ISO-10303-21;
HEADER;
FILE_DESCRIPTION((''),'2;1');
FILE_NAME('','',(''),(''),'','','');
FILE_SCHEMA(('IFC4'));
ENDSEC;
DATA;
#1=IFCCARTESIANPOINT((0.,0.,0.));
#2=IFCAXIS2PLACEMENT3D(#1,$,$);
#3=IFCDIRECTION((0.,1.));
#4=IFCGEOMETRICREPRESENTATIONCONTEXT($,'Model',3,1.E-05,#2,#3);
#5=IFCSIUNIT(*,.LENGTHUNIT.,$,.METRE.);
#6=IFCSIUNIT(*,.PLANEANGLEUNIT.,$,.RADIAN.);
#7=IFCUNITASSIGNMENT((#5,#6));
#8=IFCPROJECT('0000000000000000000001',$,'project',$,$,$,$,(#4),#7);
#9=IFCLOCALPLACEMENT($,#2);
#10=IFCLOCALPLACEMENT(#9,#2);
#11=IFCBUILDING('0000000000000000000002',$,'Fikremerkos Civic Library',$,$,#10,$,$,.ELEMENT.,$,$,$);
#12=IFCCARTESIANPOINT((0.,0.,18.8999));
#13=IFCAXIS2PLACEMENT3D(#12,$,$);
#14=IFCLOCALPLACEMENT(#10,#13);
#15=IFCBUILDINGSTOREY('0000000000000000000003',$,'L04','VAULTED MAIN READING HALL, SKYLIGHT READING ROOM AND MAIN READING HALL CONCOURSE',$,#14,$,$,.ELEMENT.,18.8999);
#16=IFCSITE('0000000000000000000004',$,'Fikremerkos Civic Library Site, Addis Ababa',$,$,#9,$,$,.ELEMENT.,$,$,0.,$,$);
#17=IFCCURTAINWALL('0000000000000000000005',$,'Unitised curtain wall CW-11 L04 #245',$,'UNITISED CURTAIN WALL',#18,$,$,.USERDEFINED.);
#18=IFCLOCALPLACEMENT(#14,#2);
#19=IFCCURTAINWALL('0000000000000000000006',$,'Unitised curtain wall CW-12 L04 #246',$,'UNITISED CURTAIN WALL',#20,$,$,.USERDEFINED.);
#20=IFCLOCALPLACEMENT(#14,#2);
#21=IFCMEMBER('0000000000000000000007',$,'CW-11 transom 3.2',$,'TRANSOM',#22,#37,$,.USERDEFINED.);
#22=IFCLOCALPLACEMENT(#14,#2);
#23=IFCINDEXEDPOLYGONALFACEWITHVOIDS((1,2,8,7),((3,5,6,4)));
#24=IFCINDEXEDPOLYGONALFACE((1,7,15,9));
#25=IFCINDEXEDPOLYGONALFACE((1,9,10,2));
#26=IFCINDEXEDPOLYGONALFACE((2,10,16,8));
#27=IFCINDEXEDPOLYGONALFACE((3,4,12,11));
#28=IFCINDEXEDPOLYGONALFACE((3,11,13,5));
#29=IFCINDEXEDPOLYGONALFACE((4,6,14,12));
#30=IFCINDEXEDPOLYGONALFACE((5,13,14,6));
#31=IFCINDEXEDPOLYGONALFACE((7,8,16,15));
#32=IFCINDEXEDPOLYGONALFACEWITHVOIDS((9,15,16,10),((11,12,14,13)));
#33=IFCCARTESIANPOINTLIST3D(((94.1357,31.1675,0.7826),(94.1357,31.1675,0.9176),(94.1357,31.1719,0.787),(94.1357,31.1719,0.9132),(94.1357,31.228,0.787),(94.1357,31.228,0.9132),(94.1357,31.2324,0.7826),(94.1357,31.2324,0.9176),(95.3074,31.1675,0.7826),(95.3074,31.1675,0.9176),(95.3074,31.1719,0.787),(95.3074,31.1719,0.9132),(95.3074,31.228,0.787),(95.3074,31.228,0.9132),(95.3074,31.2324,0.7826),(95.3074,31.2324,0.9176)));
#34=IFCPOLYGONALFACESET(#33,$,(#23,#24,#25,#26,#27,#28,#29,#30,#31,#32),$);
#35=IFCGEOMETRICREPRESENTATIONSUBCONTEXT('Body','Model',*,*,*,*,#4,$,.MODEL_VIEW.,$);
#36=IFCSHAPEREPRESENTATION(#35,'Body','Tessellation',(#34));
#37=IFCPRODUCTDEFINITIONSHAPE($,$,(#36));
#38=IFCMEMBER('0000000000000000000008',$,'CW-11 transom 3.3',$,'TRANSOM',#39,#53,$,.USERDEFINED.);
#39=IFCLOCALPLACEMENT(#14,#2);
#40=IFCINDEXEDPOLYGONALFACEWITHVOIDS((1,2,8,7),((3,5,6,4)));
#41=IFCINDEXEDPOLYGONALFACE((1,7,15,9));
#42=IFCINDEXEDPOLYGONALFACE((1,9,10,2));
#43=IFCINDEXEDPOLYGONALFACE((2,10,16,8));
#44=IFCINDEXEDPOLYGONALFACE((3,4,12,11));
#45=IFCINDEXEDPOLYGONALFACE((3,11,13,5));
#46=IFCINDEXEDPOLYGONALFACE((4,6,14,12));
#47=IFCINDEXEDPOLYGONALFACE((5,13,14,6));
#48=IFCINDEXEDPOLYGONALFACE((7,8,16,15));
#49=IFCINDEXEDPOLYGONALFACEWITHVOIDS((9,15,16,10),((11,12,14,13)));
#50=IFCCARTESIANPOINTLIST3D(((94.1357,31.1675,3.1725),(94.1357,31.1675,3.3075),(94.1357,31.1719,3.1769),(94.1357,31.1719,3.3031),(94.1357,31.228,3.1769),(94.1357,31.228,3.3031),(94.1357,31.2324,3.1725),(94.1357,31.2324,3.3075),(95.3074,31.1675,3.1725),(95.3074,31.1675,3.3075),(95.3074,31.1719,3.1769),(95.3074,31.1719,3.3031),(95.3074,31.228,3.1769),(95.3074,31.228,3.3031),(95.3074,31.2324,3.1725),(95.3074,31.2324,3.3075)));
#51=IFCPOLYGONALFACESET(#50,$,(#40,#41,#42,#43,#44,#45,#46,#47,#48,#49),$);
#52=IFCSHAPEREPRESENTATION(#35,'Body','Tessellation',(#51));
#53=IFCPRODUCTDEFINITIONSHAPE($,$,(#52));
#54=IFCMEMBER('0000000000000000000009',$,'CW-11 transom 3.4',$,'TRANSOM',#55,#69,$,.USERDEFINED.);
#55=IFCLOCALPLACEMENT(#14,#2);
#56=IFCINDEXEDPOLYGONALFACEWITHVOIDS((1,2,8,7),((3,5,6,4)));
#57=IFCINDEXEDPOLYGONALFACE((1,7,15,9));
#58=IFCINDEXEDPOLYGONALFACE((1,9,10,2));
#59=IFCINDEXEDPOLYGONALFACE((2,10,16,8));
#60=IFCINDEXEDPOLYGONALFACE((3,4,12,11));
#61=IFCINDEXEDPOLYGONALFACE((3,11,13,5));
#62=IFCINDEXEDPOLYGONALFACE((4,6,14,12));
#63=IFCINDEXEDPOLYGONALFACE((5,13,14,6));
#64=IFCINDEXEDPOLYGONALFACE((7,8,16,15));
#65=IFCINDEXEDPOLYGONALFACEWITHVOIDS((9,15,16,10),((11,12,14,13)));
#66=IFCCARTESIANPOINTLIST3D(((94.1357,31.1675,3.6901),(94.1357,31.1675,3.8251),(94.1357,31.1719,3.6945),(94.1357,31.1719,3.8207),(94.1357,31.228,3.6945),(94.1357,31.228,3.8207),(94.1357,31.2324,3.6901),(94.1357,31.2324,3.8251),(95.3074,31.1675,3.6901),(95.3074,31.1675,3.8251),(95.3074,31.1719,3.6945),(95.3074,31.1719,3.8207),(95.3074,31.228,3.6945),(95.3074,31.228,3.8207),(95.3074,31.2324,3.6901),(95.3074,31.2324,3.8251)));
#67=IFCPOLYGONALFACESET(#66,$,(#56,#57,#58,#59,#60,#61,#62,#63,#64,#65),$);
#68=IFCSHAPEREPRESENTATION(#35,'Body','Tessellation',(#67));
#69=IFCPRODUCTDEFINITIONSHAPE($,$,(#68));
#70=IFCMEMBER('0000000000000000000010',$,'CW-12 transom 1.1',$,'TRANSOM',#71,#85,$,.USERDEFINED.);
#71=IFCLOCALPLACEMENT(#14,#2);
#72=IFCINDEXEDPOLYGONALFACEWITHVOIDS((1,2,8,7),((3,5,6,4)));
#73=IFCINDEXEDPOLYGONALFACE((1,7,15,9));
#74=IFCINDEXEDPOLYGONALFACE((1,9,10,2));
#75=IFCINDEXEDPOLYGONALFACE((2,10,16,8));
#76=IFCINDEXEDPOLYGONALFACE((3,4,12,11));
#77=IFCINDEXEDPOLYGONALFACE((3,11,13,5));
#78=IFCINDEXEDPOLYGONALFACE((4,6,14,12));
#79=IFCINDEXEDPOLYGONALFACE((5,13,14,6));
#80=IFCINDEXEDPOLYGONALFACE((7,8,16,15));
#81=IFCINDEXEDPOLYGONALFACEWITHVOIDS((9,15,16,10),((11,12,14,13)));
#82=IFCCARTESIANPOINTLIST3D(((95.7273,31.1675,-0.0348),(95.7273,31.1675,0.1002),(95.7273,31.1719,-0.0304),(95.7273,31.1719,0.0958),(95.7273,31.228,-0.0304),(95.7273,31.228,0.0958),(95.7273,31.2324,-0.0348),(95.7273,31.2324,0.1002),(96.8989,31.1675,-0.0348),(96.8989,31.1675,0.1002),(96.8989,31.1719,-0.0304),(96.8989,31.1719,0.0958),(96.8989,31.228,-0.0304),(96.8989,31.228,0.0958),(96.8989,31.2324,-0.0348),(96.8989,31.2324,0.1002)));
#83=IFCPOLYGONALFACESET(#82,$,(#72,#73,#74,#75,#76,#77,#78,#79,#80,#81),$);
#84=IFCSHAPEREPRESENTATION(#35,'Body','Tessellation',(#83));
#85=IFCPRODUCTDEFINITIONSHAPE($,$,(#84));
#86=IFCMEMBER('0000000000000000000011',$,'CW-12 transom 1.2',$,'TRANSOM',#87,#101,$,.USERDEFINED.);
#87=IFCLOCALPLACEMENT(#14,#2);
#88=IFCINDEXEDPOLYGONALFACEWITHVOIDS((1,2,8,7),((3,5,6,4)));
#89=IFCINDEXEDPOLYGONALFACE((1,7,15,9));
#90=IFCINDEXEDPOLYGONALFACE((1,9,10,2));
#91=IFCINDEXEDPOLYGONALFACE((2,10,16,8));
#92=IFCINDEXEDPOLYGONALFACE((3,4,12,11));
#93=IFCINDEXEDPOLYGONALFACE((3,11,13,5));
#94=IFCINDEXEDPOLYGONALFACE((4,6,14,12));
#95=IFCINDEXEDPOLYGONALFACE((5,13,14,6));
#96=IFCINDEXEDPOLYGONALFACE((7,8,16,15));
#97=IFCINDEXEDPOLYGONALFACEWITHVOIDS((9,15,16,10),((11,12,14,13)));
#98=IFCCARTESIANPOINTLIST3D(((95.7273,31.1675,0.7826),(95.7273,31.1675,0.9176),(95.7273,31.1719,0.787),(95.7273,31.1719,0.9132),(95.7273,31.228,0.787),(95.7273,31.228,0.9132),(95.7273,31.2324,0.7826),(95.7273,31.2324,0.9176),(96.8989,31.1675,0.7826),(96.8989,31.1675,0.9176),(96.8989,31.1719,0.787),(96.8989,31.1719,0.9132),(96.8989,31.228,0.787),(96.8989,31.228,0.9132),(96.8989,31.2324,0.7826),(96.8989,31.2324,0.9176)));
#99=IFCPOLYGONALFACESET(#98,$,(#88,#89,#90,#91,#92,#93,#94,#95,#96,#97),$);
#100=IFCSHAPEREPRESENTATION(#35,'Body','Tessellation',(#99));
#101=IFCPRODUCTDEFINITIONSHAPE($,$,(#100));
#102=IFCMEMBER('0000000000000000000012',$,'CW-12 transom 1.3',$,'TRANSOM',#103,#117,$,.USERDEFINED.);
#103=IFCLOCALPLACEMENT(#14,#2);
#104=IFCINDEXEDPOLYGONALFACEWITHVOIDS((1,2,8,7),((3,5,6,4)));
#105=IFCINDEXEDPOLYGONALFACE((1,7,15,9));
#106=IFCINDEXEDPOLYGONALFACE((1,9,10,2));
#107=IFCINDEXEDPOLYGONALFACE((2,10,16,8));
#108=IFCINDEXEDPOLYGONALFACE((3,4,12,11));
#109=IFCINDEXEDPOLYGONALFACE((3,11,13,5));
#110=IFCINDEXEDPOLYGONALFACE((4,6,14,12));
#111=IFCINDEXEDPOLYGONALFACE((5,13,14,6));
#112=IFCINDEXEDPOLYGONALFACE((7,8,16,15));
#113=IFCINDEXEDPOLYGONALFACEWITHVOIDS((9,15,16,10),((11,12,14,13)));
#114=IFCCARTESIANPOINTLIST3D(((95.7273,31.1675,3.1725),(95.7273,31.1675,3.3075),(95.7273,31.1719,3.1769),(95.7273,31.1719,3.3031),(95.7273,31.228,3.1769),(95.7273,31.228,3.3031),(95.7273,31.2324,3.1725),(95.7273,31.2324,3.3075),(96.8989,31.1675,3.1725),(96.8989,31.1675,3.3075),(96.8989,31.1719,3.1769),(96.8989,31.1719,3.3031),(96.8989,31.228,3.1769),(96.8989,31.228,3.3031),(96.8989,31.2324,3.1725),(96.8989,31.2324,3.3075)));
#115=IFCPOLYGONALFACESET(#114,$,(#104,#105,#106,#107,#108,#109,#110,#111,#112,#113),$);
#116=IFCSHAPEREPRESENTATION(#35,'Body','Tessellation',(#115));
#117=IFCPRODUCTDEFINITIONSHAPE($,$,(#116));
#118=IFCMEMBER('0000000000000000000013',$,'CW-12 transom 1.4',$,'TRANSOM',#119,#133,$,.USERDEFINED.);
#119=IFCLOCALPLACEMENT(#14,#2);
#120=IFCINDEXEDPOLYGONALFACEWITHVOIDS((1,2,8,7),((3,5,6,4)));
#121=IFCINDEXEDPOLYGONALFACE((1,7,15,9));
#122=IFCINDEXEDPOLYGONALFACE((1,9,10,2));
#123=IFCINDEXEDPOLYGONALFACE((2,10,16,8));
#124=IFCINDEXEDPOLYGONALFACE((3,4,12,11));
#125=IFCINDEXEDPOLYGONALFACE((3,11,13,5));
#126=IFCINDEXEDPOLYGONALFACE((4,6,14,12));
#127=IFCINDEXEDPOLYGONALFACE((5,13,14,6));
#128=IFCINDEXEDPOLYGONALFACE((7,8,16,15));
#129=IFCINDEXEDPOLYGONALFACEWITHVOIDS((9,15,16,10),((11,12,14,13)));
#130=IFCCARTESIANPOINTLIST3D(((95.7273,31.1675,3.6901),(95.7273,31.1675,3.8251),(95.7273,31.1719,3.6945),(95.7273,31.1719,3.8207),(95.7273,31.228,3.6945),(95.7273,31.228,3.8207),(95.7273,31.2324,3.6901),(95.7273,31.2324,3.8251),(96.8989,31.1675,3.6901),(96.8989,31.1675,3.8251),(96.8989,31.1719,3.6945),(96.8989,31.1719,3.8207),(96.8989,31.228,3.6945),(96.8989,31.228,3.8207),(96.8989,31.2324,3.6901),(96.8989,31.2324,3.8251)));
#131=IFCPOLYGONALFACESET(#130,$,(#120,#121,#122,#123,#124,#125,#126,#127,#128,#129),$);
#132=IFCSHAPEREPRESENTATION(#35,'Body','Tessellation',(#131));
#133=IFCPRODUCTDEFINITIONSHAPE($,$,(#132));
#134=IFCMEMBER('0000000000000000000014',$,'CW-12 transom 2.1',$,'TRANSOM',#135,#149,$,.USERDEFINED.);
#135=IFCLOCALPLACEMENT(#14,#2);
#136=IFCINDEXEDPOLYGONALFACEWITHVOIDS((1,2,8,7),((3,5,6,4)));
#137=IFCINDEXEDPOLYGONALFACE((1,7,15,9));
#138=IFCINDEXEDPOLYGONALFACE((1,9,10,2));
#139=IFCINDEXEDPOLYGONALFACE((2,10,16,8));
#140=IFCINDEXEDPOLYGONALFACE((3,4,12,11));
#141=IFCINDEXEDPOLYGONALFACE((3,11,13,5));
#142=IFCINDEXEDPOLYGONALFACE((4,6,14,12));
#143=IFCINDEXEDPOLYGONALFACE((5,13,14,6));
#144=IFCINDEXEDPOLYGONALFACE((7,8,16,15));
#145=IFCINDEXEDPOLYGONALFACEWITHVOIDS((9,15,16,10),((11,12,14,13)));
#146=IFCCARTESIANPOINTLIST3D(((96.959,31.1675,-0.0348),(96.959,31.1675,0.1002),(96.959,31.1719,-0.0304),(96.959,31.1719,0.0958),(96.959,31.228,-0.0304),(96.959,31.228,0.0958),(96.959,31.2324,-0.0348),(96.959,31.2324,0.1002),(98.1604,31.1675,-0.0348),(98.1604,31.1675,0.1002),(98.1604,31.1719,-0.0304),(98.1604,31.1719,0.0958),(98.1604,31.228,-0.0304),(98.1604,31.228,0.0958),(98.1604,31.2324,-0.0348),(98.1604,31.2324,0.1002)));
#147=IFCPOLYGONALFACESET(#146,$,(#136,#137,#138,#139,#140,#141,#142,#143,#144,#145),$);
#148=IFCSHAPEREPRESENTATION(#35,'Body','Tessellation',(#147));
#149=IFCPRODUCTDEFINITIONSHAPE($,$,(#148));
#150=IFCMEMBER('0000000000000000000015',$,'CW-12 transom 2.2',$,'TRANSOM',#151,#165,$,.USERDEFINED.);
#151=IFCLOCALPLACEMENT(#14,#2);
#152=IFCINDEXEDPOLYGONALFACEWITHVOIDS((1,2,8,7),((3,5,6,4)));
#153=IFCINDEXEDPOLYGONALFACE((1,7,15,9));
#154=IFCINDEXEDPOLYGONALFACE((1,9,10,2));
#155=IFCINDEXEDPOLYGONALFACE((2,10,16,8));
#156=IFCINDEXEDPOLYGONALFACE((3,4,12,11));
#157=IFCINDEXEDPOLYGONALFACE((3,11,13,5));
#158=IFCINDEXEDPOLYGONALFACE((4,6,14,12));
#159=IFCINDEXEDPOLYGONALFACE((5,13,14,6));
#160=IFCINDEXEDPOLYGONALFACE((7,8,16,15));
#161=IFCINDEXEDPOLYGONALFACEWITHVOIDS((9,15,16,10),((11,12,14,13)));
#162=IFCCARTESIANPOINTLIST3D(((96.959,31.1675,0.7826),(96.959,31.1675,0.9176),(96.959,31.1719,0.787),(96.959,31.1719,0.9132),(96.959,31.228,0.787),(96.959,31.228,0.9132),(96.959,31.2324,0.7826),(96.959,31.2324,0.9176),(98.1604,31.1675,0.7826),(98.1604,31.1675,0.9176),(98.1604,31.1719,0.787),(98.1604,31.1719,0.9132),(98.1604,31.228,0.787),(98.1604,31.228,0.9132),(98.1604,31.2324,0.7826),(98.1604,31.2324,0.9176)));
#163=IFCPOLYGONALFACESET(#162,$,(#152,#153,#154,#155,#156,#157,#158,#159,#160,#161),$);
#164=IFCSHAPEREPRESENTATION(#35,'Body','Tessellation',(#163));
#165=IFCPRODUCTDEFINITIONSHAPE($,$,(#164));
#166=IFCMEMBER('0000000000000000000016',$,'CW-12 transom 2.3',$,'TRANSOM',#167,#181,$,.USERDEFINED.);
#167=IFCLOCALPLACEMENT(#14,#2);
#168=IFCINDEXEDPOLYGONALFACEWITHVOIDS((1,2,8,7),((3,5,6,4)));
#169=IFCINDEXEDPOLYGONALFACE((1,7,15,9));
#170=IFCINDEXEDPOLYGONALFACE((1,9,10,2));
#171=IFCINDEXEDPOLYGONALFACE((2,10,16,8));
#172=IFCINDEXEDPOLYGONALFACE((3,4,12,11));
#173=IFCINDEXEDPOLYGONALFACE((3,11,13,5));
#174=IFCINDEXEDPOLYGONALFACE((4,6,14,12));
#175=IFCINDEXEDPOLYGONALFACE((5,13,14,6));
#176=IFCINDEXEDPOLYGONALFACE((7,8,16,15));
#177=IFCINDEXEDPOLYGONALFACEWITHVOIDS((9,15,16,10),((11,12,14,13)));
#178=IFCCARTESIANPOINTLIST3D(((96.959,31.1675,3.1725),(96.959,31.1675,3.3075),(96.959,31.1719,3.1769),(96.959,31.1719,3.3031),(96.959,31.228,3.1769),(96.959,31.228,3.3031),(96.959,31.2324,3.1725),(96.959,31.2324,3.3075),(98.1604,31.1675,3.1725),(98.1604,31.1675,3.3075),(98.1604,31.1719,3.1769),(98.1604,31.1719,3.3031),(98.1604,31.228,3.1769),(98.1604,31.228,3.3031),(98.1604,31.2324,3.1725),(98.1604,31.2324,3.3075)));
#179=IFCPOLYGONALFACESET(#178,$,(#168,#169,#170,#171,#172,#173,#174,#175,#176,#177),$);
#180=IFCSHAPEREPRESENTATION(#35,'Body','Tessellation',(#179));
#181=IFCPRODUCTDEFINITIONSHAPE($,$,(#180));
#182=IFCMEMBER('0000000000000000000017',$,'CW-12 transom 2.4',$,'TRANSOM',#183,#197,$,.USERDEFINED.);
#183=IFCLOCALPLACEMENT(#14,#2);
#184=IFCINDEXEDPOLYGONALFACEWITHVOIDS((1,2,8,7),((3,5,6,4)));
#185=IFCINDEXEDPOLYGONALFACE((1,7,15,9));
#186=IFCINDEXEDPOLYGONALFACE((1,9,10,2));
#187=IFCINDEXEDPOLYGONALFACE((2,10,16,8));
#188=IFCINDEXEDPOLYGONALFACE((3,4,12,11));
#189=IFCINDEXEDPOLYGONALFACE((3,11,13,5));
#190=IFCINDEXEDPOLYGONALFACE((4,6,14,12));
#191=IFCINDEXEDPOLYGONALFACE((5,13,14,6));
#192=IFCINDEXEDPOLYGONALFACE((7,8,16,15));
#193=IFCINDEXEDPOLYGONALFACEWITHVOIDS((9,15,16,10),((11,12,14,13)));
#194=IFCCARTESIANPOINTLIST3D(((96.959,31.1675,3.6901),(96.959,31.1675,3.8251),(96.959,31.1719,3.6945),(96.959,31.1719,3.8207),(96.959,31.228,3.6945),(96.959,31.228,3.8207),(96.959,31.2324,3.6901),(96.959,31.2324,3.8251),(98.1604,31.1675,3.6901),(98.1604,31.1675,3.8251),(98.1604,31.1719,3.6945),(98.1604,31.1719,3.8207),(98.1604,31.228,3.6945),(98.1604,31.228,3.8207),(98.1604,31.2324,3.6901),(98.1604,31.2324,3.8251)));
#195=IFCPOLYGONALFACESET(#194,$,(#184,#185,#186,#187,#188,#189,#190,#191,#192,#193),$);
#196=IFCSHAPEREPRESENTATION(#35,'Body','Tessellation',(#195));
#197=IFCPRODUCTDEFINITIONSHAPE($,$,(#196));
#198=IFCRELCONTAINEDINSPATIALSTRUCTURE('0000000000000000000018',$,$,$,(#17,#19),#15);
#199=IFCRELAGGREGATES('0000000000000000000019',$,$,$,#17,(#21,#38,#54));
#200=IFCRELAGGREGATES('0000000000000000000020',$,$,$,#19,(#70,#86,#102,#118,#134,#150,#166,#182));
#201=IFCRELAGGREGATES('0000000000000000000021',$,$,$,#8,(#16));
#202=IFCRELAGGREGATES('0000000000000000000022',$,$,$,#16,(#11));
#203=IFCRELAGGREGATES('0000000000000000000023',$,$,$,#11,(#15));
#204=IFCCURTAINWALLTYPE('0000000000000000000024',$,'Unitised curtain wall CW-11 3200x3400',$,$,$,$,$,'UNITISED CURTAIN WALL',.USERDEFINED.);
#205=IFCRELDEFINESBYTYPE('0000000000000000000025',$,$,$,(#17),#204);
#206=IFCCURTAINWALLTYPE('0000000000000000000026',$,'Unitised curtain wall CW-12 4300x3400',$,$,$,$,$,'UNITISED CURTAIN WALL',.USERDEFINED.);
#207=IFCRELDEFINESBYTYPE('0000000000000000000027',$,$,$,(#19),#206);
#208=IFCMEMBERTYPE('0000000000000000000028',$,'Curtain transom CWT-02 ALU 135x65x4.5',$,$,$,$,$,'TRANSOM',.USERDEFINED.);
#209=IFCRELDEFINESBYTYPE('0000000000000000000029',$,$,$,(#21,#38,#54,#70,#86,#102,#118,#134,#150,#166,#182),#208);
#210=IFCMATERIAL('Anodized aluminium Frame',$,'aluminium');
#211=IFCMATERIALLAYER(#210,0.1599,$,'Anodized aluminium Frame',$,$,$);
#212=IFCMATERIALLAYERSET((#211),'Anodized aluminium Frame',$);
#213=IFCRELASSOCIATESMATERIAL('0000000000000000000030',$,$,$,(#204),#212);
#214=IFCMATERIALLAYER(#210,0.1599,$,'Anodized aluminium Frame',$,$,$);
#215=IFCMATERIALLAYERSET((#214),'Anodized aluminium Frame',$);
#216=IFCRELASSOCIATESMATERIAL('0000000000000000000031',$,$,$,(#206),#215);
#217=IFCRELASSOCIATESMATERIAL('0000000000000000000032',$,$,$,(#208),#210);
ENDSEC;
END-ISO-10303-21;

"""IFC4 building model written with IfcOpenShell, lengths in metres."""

from ifc_helpers import new_model, si_unit, direction, frame, origin, origin_2d, place, context, subcontext, project, spatial, hollow_rectangle, extrude, material, layer, layer_set, material_profile, profile_set, type_object, element, aggregate, save


model = new_model("IFC4")

# Units and contexts
model_context = context("Model", 3, precision=1e-05, world=origin(), true_north=direction((0.0, 1.0)))
body_context = subcontext(model_context, "Body", "Model", "MODEL_VIEW")
ifc_project = project(units=[si_unit("LENGTHUNIT", "METRE"), si_unit("PLANEANGLEUNIT", "RADIAN")], contexts=[model_context])

# Site, building, storey
site_placement = place(None, origin())
site = spatial("IfcSite", under=ifc_project, at=site_placement, Name="Fikremerkos Civic Library Site, Addis Ababa", CompositionType="ELEMENT", RefElevation=0.0)
building_placement = place(site_placement, origin())
building = spatial("IfcBuilding", under=site, at=building_placement, Name="Fikremerkos Civic Library", CompositionType="ELEMENT")
storey_placement = place(building_placement, frame((0.0, 0.0, 18.8999)))
storey = spatial("IfcBuildingStorey", under=building, at=storey_placement, Name="L04", Description="VAULTED MAIN READING HALL, SKYLIGHT READING ROOM AND MAIN READING HALL CONCOURSE", CompositionType="ELEMENT", Elevation=18.8999)

# Curtain walls
ifc_material_1 = material(Name="Anodized aluminium Frame", Category="aluminium")
ifc_layer_1 = layer(ifc_material_1, 0.1599, Name="Anodized aluminium Frame")
ifc_layer_set_1 = layer_set([ifc_layer_1], Name="Anodized aluminium Frame")
curtain_wall_type_1 = type_object("IfcCurtainWallType", Name="Unitised curtain wall CW-11 3200x3400", ElementType="UNITISED CURTAIN WALL", PredefinedType="USERDEFINED", material=ifc_layer_set_1)
curtain_wall_1_placement = place(storey_placement, origin())
curtain_wall_1 = element("IfcCurtainWall", 1, at=curtain_wall_1_placement, inside=storey, type_object=curtain_wall_type_1, Name="Unitised curtain wall CW-11 L04 #245", ObjectType="UNITISED CURTAIN WALL", PredefinedType="USERDEFINED")
ifc_layer_2 = layer(ifc_material_1, 0.1599, Name="Anodized aluminium Frame")
ifc_layer_set_2 = layer_set([ifc_layer_2], Name="Anodized aluminium Frame")
curtain_wall_type_2 = type_object("IfcCurtainWallType", Name="Unitised curtain wall CW-12 4300x3400", ElementType="UNITISED CURTAIN WALL", PredefinedType="USERDEFINED", material=ifc_layer_set_2)
curtain_wall_2_placement = place(storey_placement, origin())
curtain_wall_2 = element("IfcCurtainWall", 2, at=curtain_wall_2_placement, inside=storey, type_object=curtain_wall_type_2, Name="Unitised curtain wall CW-12 L04 #246", ObjectType="UNITISED CURTAIN WALL", PredefinedType="USERDEFINED")

# Members
ifc_material_profile_1 = material_profile(ifc_material_1, hollow_rectangle(XDim=0.0649, YDim=0.135, WallThickness=0.0044, at=origin_2d()), Name="ALU 135x65x4.5")
ifc_profile_set_1 = profile_set([ifc_material_profile_1], Name="Anodized aluminium Frame")
member_type_1 = type_object("IfcMemberType", Name="Curtain transom CWT-02 ALU 135x65x4.5", ElementType="TRANSOM", PredefinedType="USERDEFINED", material=ifc_profile_set_1)
member_1_placement = place(storey_placement, frame((94.1357, 31.2, 0.8501), z_axis=(1.0, 0.0, 0.0), x_axis=(0.0, 1.0, 0.0)))
member_1 = element("IfcMember", 3, at=member_1_placement, type_object=member_type_1, Name="CW-11 transom 3.2", ObjectType="TRANSOM", PredefinedType="USERDEFINED", context=body_context, shape_type="SweptSolid", body=[
    extrude(hollow_rectangle(XDim=0.0649, YDim=0.135, WallThickness=0.0044, at=origin_2d()), origin(), (0.0, 0.0, 1.0), 1.1716),
])
member_2_placement = place(storey_placement, frame((94.1357, 31.2, 3.24), z_axis=(1.0, 0.0, 0.0), x_axis=(0.0, 1.0, 0.0)))
member_2 = element("IfcMember", 4, at=member_2_placement, type_object=member_type_1, Name="CW-11 transom 3.3", ObjectType="TRANSOM", PredefinedType="USERDEFINED", context=body_context, shape_type="SweptSolid", body=[
    extrude(hollow_rectangle(XDim=0.0649, YDim=0.135, WallThickness=0.0044, at=origin_2d()), origin(), (0.0, 0.0, 1.0), 1.1716),
])
member_3_placement = place(storey_placement, frame((94.1357, 31.2, 3.7576), z_axis=(1.0, 0.0, 0.0), x_axis=(0.0, 1.0, 0.0)))
member_3 = element("IfcMember", 5, at=member_3_placement, type_object=member_type_1, Name="CW-11 transom 3.4", ObjectType="TRANSOM", PredefinedType="USERDEFINED", context=body_context, shape_type="SweptSolid", body=[
    extrude(hollow_rectangle(XDim=0.0649, YDim=0.135, WallThickness=0.0044, at=origin_2d()), origin(), (0.0, 0.0, 1.0), 1.1716),
])
member_4_placement = place(storey_placement, frame((95.7273, 31.2, 0.0327), z_axis=(1.0, 0.0, 0.0), x_axis=(0.0, 1.0, 0.0)))
member_4 = element("IfcMember", 6, at=member_4_placement, type_object=member_type_1, Name="CW-12 transom 1.1", ObjectType="TRANSOM", PredefinedType="USERDEFINED", context=body_context, shape_type="SweptSolid", body=[
    extrude(hollow_rectangle(XDim=0.0649, YDim=0.135, WallThickness=0.0044, at=origin_2d()), origin(), (0.0, 0.0, 1.0), 1.1716),
])
member_5_placement = place(storey_placement, frame((95.7273, 31.2, 0.8501), z_axis=(1.0, 0.0, 0.0), x_axis=(0.0, 1.0, 0.0)))
member_5 = element("IfcMember", 7, at=member_5_placement, type_object=member_type_1, Name="CW-12 transom 1.2", ObjectType="TRANSOM", PredefinedType="USERDEFINED", context=body_context, shape_type="SweptSolid", body=[
    extrude(hollow_rectangle(XDim=0.0649, YDim=0.135, WallThickness=0.0044, at=origin_2d()), origin(), (0.0, 0.0, 1.0), 1.1716),
])
member_6_placement = place(storey_placement, frame((95.7273, 31.2, 3.24), z_axis=(1.0, 0.0, 0.0), x_axis=(0.0, 1.0, 0.0)))
member_6 = element("IfcMember", 8, at=member_6_placement, type_object=member_type_1, Name="CW-12 transom 1.3", ObjectType="TRANSOM", PredefinedType="USERDEFINED", context=body_context, shape_type="SweptSolid", body=[
    extrude(hollow_rectangle(XDim=0.0649, YDim=0.135, WallThickness=0.0044, at=origin_2d()), origin(), (0.0, 0.0, 1.0), 1.1716),
])
member_7_placement = place(storey_placement, frame((95.7273, 31.2, 3.7576), z_axis=(1.0, 0.0, 0.0), x_axis=(0.0, 1.0, 0.0)))
member_7 = element("IfcMember", 9, at=member_7_placement, type_object=member_type_1, Name="CW-12 transom 1.4", ObjectType="TRANSOM", PredefinedType="USERDEFINED", context=body_context, shape_type="SweptSolid", body=[
    extrude(hollow_rectangle(XDim=0.0649, YDim=0.135, WallThickness=0.0044, at=origin_2d()), origin(), (0.0, 0.0, 1.0), 1.1716),
])
member_8_placement = place(storey_placement, frame((96.959, 31.2, 0.0327), z_axis=(1.0, 0.0, 0.0), x_axis=(0.0, 1.0, 0.0)))
member_8 = element("IfcMember", 10, at=member_8_placement, type_object=member_type_1, Name="CW-12 transom 2.1", ObjectType="TRANSOM", PredefinedType="USERDEFINED", context=body_context, shape_type="SweptSolid", body=[
    extrude(hollow_rectangle(XDim=0.0649, YDim=0.135, WallThickness=0.0044, at=origin_2d()), origin(), (0.0, 0.0, 1.0), 1.2014),
])
member_9_placement = place(storey_placement, frame((96.959, 31.2, 0.8501), z_axis=(1.0, 0.0, 0.0), x_axis=(0.0, 1.0, 0.0)))
member_9 = element("IfcMember", 11, at=member_9_placement, type_object=member_type_1, Name="CW-12 transom 2.2", ObjectType="TRANSOM", PredefinedType="USERDEFINED", context=body_context, shape_type="SweptSolid", body=[
    extrude(hollow_rectangle(XDim=0.0649, YDim=0.135, WallThickness=0.0044, at=origin_2d()), origin(), (0.0, 0.0, 1.0), 1.2014),
])
member_10_placement = place(storey_placement, frame((96.959, 31.2, 3.24), z_axis=(1.0, 0.0, 0.0), x_axis=(0.0, 1.0, 0.0)))
member_10 = element("IfcMember", 12, at=member_10_placement, type_object=member_type_1, Name="CW-12 transom 2.3", ObjectType="TRANSOM", PredefinedType="USERDEFINED", context=body_context, shape_type="SweptSolid", body=[
    extrude(hollow_rectangle(XDim=0.0649, YDim=0.135, WallThickness=0.0044, at=origin_2d()), origin(), (0.0, 0.0, 1.0), 1.2014),
])
member_11_placement = place(storey_placement, frame((96.959, 31.2, 3.7576), z_axis=(1.0, 0.0, 0.0), x_axis=(0.0, 1.0, 0.0)))
member_11 = element("IfcMember", 13, at=member_11_placement, type_object=member_type_1, Name="CW-12 transom 2.4", ObjectType="TRANSOM", PredefinedType="USERDEFINED", context=body_context, shape_type="SweptSolid", body=[
    extrude(hollow_rectangle(XDim=0.0649, YDim=0.135, WallThickness=0.0044, at=origin_2d()), origin(), (0.0, 0.0, 1.0), 1.2014),
])

aggregate(curtain_wall_1, [member_1, member_2, member_3])
aggregate(curtain_wall_2, [member_4, member_5, member_6, member_7, member_8, member_9, member_10, member_11])

save(model, "model.ifc")
